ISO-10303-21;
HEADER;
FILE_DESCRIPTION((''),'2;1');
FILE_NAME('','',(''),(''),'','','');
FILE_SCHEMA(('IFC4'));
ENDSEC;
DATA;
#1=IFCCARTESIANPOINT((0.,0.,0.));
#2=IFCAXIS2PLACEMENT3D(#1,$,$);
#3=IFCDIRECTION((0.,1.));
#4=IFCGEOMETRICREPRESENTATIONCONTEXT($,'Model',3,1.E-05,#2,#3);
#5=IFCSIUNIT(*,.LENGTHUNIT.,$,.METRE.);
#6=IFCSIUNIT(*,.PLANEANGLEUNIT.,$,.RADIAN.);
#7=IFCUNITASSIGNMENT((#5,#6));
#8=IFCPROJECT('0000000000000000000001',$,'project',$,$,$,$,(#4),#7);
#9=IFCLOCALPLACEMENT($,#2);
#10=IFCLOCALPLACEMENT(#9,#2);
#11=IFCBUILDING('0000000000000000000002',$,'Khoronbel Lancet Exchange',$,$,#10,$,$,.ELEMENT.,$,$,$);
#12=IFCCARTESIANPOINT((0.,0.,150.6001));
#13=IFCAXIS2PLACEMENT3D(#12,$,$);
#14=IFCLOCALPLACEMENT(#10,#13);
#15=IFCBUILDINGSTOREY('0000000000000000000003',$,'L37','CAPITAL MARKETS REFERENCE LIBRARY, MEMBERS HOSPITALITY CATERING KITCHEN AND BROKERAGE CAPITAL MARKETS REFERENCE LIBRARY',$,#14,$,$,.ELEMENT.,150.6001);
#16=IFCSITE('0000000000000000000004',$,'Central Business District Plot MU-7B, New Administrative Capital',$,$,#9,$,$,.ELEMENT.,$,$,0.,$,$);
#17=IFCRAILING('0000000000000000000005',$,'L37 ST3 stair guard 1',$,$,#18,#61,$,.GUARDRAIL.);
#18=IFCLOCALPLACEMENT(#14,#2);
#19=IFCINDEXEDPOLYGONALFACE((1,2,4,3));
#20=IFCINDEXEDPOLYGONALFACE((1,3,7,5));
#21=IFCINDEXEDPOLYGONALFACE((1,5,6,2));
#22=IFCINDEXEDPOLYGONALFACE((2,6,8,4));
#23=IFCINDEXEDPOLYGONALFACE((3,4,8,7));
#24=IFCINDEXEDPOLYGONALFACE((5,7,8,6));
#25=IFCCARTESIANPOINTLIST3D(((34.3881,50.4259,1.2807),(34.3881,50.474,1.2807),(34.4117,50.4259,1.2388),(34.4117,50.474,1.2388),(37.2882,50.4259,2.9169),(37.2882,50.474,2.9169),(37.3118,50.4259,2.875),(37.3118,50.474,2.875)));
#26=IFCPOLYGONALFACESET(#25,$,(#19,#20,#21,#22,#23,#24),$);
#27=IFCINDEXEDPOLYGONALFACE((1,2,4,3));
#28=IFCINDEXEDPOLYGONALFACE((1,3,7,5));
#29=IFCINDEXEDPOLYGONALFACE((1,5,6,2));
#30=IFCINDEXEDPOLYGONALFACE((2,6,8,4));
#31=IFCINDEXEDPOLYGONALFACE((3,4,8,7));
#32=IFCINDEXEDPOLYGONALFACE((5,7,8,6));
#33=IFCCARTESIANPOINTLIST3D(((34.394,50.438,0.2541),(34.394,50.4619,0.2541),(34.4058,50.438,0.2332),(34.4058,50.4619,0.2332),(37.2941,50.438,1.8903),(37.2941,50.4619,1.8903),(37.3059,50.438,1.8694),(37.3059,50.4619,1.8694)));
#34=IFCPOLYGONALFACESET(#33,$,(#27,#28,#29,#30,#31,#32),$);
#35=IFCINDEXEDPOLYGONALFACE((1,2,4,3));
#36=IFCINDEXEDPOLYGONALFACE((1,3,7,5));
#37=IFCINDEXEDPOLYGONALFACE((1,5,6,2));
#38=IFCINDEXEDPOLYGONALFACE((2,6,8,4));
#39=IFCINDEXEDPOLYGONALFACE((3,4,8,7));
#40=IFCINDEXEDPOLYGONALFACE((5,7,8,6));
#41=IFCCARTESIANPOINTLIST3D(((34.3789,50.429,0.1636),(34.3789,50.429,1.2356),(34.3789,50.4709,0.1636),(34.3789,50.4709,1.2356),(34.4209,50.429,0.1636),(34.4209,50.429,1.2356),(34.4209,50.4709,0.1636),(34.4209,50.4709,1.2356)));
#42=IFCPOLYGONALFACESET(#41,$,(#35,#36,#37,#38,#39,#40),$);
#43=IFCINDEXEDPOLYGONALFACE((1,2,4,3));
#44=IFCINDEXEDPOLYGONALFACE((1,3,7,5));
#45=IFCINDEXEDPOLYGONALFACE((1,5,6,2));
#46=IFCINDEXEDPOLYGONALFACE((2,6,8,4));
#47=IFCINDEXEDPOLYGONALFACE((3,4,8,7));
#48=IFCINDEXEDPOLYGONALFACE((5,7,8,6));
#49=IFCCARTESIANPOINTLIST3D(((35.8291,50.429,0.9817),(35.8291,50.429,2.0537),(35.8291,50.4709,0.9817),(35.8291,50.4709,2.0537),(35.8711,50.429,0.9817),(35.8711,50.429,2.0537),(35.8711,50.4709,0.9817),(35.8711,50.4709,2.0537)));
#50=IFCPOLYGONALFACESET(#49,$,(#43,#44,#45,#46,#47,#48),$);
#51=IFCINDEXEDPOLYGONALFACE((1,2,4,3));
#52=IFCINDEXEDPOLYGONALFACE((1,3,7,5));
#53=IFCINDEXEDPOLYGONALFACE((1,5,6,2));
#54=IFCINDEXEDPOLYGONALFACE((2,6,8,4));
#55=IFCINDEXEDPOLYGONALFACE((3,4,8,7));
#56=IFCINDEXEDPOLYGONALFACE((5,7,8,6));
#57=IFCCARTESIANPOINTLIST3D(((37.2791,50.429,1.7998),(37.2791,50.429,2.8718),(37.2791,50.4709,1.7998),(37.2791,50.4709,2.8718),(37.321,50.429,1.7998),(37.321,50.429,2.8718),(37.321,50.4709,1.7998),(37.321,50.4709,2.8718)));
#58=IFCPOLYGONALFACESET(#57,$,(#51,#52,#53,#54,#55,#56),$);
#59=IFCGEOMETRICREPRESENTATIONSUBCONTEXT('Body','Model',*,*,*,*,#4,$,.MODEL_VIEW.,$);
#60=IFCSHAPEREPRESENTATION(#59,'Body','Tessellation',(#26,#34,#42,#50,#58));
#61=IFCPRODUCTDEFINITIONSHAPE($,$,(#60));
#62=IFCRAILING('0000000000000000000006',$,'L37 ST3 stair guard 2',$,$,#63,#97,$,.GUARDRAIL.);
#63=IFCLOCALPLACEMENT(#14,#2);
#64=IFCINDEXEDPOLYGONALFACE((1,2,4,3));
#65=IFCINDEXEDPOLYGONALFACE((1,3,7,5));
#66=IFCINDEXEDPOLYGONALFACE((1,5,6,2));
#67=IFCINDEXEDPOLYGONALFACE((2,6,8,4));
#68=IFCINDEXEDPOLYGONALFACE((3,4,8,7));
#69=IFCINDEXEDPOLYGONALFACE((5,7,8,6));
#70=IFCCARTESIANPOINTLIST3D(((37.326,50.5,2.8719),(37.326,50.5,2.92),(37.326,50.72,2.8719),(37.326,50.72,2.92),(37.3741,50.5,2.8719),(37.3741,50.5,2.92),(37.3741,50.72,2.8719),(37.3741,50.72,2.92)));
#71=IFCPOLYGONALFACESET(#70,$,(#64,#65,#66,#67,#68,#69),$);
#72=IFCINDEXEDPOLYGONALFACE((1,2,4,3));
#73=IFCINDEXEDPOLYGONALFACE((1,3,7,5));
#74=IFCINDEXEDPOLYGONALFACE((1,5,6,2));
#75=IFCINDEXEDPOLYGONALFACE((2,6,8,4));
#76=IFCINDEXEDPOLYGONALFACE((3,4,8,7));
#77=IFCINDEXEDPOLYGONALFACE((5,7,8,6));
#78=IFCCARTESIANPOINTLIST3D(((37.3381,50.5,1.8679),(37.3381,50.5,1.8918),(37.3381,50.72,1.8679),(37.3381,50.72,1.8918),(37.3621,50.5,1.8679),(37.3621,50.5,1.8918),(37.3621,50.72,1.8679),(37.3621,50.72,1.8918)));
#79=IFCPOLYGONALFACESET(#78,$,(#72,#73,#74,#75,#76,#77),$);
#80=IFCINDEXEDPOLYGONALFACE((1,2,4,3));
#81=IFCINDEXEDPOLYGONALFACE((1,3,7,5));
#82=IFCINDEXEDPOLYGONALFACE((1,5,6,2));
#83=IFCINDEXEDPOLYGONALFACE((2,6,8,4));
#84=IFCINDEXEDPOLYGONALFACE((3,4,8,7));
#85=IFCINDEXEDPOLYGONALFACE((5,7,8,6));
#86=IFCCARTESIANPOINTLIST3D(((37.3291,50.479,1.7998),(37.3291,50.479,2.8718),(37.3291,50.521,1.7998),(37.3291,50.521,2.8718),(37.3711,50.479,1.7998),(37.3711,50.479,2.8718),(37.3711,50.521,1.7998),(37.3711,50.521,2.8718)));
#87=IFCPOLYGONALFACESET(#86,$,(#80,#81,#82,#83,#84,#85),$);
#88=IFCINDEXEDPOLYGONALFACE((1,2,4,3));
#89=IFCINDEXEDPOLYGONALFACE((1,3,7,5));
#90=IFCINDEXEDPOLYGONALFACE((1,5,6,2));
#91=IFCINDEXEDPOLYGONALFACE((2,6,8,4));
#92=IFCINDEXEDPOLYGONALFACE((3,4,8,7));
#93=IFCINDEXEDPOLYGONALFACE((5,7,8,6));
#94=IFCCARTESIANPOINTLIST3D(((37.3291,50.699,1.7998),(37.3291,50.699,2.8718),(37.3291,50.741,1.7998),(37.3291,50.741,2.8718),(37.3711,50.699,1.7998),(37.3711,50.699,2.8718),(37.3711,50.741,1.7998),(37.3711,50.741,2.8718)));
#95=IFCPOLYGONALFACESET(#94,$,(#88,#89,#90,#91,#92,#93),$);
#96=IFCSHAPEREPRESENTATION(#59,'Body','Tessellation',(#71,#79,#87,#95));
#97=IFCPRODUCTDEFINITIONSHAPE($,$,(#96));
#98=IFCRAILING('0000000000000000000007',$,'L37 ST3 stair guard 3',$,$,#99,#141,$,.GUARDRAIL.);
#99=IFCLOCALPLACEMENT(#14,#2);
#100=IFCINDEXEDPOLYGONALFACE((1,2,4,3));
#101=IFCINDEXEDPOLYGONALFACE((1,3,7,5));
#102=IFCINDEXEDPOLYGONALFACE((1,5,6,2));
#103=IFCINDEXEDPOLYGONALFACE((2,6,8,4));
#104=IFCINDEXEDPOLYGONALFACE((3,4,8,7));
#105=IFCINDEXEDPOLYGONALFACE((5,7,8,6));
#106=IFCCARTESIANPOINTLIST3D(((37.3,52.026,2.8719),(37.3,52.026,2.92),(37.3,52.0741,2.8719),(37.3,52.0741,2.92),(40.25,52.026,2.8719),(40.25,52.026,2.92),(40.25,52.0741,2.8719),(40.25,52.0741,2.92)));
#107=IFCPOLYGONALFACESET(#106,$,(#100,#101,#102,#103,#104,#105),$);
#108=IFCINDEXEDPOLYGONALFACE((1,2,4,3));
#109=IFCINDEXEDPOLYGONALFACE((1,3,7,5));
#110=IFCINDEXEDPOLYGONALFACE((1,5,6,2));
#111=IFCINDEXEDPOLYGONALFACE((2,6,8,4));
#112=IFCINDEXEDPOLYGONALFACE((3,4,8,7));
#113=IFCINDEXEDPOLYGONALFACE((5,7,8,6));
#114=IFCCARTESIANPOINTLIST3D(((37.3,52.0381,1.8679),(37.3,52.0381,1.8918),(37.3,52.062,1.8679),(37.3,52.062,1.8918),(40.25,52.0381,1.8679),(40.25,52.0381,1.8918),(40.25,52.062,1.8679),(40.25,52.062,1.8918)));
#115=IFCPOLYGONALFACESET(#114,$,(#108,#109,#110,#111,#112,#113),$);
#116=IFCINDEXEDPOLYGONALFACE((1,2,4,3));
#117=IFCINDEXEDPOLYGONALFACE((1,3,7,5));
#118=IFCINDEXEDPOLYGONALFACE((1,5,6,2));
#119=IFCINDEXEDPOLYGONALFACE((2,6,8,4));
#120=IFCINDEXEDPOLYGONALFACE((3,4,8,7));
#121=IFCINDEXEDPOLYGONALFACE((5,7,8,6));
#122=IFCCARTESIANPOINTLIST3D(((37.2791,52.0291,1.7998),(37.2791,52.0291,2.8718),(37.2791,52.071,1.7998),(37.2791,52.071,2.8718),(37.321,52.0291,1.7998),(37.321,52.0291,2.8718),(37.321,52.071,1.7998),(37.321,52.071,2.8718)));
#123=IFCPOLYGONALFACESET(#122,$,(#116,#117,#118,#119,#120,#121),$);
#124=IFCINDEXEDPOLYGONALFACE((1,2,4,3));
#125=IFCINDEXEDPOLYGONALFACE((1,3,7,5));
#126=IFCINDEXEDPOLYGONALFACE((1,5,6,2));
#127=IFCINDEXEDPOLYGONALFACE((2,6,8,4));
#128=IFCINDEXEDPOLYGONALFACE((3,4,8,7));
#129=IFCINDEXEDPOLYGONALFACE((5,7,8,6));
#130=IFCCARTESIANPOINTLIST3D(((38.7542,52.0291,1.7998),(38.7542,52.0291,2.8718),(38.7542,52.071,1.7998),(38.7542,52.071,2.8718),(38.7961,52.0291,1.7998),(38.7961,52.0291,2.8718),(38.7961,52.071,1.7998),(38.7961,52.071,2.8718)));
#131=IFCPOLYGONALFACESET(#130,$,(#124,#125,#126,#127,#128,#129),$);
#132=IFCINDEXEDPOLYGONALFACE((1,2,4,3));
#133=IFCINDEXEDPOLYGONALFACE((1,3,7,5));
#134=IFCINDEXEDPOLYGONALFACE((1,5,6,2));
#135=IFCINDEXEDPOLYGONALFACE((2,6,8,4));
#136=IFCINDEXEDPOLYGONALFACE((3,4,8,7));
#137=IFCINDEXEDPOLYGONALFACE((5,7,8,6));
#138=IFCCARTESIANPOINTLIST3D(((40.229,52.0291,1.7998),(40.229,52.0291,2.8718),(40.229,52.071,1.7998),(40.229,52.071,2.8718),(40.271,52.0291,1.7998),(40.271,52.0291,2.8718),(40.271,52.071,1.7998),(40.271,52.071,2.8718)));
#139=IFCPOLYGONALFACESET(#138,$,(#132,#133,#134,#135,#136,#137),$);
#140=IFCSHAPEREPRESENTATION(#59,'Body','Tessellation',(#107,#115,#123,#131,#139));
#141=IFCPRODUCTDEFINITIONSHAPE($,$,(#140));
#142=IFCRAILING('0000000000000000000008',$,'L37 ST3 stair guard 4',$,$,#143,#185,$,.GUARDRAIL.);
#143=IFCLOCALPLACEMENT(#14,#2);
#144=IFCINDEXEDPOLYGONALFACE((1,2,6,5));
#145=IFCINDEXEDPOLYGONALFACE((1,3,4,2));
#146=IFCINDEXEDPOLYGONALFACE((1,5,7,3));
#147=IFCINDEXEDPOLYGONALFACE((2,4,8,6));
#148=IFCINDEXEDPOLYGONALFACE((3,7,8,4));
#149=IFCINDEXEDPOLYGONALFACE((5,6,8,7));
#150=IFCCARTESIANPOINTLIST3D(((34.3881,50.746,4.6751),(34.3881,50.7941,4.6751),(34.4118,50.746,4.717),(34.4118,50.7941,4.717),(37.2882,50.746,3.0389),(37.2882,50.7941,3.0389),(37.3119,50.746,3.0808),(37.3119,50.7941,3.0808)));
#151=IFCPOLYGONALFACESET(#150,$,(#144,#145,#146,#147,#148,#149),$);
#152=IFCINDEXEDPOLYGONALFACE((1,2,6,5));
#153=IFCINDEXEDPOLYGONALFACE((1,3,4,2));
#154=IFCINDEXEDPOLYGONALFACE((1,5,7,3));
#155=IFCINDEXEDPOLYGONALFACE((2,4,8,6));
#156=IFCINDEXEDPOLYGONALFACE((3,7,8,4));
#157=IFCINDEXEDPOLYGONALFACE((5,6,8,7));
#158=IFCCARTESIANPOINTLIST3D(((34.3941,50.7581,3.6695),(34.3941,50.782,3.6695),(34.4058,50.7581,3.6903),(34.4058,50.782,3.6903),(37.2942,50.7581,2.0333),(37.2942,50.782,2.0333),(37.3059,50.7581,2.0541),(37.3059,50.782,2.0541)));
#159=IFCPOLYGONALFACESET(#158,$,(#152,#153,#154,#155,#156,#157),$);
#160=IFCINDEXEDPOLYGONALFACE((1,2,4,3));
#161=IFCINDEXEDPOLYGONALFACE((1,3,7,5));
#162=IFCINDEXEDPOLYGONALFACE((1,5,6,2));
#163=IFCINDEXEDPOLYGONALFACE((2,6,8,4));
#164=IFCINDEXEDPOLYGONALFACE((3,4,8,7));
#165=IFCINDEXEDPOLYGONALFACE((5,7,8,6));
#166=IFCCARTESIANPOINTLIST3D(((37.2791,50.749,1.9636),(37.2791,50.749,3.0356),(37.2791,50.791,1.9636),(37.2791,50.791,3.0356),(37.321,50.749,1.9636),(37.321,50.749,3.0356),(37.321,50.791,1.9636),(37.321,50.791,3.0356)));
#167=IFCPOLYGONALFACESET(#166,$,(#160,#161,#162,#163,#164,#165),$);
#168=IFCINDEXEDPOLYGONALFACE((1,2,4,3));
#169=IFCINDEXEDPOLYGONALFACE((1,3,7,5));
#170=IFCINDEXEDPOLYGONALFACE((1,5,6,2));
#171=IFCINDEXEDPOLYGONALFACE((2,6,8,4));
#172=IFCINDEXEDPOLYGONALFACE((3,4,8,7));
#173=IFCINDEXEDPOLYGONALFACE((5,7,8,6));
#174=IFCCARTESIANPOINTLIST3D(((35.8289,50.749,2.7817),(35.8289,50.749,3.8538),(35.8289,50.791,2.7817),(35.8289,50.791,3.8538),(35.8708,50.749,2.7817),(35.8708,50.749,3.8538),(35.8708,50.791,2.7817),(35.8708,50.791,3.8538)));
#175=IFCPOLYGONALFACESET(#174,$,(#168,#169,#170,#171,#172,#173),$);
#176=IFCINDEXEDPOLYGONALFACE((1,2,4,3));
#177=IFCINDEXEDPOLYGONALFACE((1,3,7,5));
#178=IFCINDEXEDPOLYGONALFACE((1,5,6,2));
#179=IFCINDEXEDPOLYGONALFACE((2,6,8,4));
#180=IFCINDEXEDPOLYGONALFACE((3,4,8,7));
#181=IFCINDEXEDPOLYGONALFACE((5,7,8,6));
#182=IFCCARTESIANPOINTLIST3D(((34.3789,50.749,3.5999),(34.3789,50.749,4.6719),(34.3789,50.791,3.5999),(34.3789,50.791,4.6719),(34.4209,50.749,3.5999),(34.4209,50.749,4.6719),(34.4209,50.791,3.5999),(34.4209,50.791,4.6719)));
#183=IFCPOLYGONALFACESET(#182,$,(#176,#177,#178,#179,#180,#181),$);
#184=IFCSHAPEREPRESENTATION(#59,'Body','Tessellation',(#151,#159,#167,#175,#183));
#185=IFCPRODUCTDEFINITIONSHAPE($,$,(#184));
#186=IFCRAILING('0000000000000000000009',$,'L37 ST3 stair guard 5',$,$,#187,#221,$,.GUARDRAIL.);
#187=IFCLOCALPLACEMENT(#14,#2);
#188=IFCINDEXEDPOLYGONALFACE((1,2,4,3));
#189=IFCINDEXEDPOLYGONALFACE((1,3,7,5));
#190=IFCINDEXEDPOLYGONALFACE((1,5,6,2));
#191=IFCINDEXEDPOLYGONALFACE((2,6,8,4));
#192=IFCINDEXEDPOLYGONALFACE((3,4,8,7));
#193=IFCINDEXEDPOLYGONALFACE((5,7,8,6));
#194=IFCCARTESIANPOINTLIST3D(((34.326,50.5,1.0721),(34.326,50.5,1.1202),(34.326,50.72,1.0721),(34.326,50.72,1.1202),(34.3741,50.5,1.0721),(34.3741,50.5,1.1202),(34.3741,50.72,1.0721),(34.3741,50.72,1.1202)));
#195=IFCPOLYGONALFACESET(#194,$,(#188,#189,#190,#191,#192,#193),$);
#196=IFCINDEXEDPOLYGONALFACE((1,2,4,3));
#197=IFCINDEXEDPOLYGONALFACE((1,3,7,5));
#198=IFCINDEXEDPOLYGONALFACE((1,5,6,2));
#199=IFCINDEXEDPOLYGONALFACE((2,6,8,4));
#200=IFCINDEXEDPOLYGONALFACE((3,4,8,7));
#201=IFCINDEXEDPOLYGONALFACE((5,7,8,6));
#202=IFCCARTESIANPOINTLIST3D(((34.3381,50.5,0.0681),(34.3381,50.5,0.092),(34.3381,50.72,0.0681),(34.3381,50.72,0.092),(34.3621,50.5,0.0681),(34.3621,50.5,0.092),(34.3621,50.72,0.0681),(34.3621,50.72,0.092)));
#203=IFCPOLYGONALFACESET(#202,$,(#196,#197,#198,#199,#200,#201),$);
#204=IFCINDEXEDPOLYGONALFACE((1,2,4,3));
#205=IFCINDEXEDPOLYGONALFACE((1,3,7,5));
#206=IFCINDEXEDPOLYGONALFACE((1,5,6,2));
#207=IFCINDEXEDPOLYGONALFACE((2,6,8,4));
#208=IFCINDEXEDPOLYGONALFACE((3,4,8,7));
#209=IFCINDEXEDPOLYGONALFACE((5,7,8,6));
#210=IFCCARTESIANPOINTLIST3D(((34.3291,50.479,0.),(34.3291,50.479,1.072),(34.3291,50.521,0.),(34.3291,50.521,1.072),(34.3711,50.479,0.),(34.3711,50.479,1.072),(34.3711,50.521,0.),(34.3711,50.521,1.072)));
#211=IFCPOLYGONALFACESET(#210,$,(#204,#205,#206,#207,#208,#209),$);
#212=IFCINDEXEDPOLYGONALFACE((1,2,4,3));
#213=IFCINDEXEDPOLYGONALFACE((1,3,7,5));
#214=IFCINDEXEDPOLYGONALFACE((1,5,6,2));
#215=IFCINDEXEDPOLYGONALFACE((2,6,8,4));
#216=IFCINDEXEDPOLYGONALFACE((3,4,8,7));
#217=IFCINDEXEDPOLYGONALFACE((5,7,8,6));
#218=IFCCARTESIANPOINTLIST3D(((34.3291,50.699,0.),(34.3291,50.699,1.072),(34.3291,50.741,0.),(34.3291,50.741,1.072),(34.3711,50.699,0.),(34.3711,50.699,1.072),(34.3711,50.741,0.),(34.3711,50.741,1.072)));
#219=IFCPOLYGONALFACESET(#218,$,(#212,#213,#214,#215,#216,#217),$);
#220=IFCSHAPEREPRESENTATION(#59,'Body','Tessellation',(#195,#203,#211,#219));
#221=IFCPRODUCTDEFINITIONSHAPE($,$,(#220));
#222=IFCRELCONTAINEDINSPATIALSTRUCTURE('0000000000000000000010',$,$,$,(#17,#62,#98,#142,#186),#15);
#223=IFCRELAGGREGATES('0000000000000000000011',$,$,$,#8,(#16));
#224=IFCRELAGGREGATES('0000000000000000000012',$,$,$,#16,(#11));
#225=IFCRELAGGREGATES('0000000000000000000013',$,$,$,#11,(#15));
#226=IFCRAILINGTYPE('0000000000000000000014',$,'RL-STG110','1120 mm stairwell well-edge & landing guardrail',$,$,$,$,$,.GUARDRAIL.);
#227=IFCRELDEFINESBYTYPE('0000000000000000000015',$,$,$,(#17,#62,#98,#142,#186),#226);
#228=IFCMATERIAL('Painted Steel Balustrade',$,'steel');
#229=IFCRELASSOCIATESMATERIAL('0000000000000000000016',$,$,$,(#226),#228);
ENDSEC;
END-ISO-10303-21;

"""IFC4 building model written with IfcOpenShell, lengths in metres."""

from ifc_helpers import new_model, si_unit, direction, frame, origin, origin_2d, place, context, subcontext, project, spatial, rectangle, extrude, material, type_object, element, save


model = new_model("IFC4")

# Units and contexts
model_context = context("Model", 3, precision=1e-05, world=origin(), true_north=direction((0.0, 1.0)))
body_context = subcontext(model_context, "Body", "Model", "MODEL_VIEW")
ifc_project = project(units=[si_unit("LENGTHUNIT", "METRE"), si_unit("PLANEANGLEUNIT", "RADIAN")], contexts=[model_context])

# Site, building, storey
site_placement = place(None, origin())
site = spatial("IfcSite", under=ifc_project, at=site_placement, Name="Central Business District Plot MU-7B, New Administrative Capital", CompositionType="ELEMENT", RefElevation=0.0)
building_placement = place(site_placement, origin())
building = spatial("IfcBuilding", under=site, at=building_placement, Name="Khoronbel Lancet Exchange", CompositionType="ELEMENT")
storey_placement = place(building_placement, frame((0.0, 0.0, 150.6001)))
storey = spatial("IfcBuildingStorey", under=building, at=storey_placement, Name="L37", Description="CAPITAL MARKETS REFERENCE LIBRARY, MEMBERS HOSPITALITY CATERING KITCHEN AND BROKERAGE CAPITAL MARKETS REFERENCE LIBRARY", CompositionType="ELEMENT", Elevation=150.6001)

# Railings
ifc_material_1 = material(Name="Painted Steel Balustrade", Category="steel")
railing_type_1 = type_object("IfcRailingType", Name="RL-STG110", Description="1120 mm stairwell well-edge & landing guardrail", PredefinedType="GUARDRAIL", material=ifc_material_1)
railing_1_placement = place(storey_placement, frame((34.3999, 50.45, 0.1636)))
element("IfcRailing", 1, at=railing_1_placement, inside=storey, type_object=railing_type_1, Name="L37 ST3 stair guard 1", PredefinedType="GUARDRAIL", context=body_context, shape_type="SweptSolid", body=[
    extrude(rectangle(XDim=0.0481, YDim=0.0481, at=origin_2d()), frame((0.0, 0.0, 1.0962), z_axis=(0.870946, 0.0, 0.491378), x_axis=(0.0, 1.0, 0.0)), (0.0, 0.0, 1.0), 3.3298),
    extrude(rectangle(XDim=0.0239, YDim=0.0239, at=origin_2d()), frame((0.0, 0.0, 0.0801), z_axis=(0.870946, 0.0, 0.491378), x_axis=(0.0, 1.0, 0.0)), (0.0, 0.0, 1.0), 3.3298),
    extrude(rectangle(XDim=0.042, YDim=0.042, at=origin_2d()), origin(), (0.0, 0.0, 1.0), 1.072),
    extrude(rectangle(XDim=0.042, YDim=0.042, at=origin_2d()), frame((1.4502, 0.0, 0.8181)), (0.0, 0.0, 1.0), 1.072),
    extrude(rectangle(XDim=0.042, YDim=0.042, at=origin_2d()), frame((2.9001, 0.0, 1.6362)), (0.0, 0.0, 1.0), 1.072),
])
railing_2_placement = place(storey_placement, frame((37.3501, 50.5, 1.7998)))
element("IfcRailing", 2, at=railing_2_placement, inside=storey, type_object=railing_type_1, Name="L37 ST3 stair guard 2", PredefinedType="GUARDRAIL", context=body_context, shape_type="SweptSolid", body=[
    extrude(rectangle(XDim=0.0481, YDim=0.0481, at=origin_2d()), frame((0.0, 0.0, 1.0962), z_axis=(0.0, 1.0, 0.0), x_axis=(-1.0, 0.0, 0.0)), (0.0, 0.0, 1.0), 0.22),
    extrude(rectangle(XDim=0.0239, YDim=0.0239, at=origin_2d()), frame((0.0, 0.0, 0.0801), z_axis=(0.0, 1.0, 0.0), x_axis=(-1.0, 0.0, 0.0)), (0.0, 0.0, 1.0), 0.22),
    extrude(rectangle(XDim=0.042, YDim=0.042, at=origin_2d()), origin(), (0.0, 0.0, 1.0), 1.072),
    extrude(rectangle(XDim=0.042, YDim=0.042, at=origin_2d()), frame((0.0, 0.22, 0.0)), (0.0, 0.0, 1.0), 1.072),
])
railing_3_placement = place(storey_placement, frame((37.3, 52.05, 1.7998)))
element("IfcRailing", 3, at=railing_3_placement, inside=storey, type_object=railing_type_1, Name="L37 ST3 stair guard 3", PredefinedType="GUARDRAIL", context=body_context, shape_type="SweptSolid", body=[
    extrude(rectangle(XDim=0.0481, YDim=0.0481, at=origin_2d()), frame((0.0, 0.0, 1.0962), z_axis=(1.0, 0.0, 0.0), x_axis=(0.0, 1.0, 0.0)), (0.0, 0.0, 1.0), 2.95),
    extrude(rectangle(XDim=0.0239, YDim=0.0239, at=origin_2d()), frame((0.0, 0.0, 0.0801), z_axis=(1.0, 0.0, 0.0), x_axis=(0.0, 1.0, 0.0)), (0.0, 0.0, 1.0), 2.95),
    extrude(rectangle(XDim=0.042, YDim=0.042, at=origin_2d()), origin(), (0.0, 0.0, 1.0), 1.072),
    extrude(rectangle(XDim=0.042, YDim=0.042, at=origin_2d()), frame((1.4751, 0.0, 0.0)), (0.0, 0.0, 1.0), 1.072),
    extrude(rectangle(XDim=0.042, YDim=0.042, at=origin_2d()), frame((2.95, 0.0, 0.0)), (0.0, 0.0, 1.0), 1.072),
])
railing_4_placement = place(storey_placement, frame((37.3, 50.77, 1.9636)))
element("IfcRailing", 4, at=railing_4_placement, inside=storey, type_object=railing_type_1, Name="L37 ST3 stair guard 4", PredefinedType="GUARDRAIL", context=body_context, shape_type="SweptSolid", body=[
    extrude(rectangle(XDim=0.0481, YDim=0.0481, at=origin_2d()), frame((0.0, 0.0, 1.0962), z_axis=(-0.870946, 0.0, 0.491378), x_axis=(0.0, -1.0, 0.0)), (0.0, 0.0, 1.0), 3.3298),
    extrude(rectangle(XDim=0.0239, YDim=0.0239, at=origin_2d()), frame((0.0, 0.0, 0.0801), z_axis=(-0.870946, 0.0, 0.491378), x_axis=(0.0, -1.0, 0.0)), (0.0, 0.0, 1.0), 3.3298),
    extrude(rectangle(XDim=0.042, YDim=0.042, at=origin_2d()), origin(), (0.0, 0.0, 1.0), 1.072),
    extrude(rectangle(XDim=0.042, YDim=0.042, at=origin_2d()), frame((-1.4502, 0.0, 0.8181)), (0.0, 0.0, 1.0), 1.072),
    extrude(rectangle(XDim=0.042, YDim=0.042, at=origin_2d()), frame((-2.9001, 0.0, 1.6362)), (0.0, 0.0, 1.0), 1.072),
])
railing_5_placement = place(storey_placement, frame((34.3501, 50.5, 0.0)))
element("IfcRailing", 5, at=railing_5_placement, inside=storey, type_object=railing_type_1, Name="L37 ST3 stair guard 5", PredefinedType="GUARDRAIL", context=body_context, shape_type="SweptSolid", body=[
    extrude(rectangle(XDim=0.0481, YDim=0.0481, at=origin_2d()), frame((0.0, 0.0, 1.0962), z_axis=(0.0, 1.0, 0.0), x_axis=(-1.0, 0.0, 0.0)), (0.0, 0.0, 1.0), 0.22),
    extrude(rectangle(XDim=0.0239, YDim=0.0239, at=origin_2d()), frame((0.0, 0.0, 0.0801), z_axis=(0.0, 1.0, 0.0), x_axis=(-1.0, 0.0, 0.0)), (0.0, 0.0, 1.0), 0.22),
    extrude(rectangle(XDim=0.042, YDim=0.042, at=origin_2d()), origin(), (0.0, 0.0, 1.0), 1.072),
    extrude(rectangle(XDim=0.042, YDim=0.042, at=origin_2d()), frame((0.0, 0.22, 0.0)), (0.0, 0.0, 1.0), 1.072),
])

save(model, "model.ifc")
